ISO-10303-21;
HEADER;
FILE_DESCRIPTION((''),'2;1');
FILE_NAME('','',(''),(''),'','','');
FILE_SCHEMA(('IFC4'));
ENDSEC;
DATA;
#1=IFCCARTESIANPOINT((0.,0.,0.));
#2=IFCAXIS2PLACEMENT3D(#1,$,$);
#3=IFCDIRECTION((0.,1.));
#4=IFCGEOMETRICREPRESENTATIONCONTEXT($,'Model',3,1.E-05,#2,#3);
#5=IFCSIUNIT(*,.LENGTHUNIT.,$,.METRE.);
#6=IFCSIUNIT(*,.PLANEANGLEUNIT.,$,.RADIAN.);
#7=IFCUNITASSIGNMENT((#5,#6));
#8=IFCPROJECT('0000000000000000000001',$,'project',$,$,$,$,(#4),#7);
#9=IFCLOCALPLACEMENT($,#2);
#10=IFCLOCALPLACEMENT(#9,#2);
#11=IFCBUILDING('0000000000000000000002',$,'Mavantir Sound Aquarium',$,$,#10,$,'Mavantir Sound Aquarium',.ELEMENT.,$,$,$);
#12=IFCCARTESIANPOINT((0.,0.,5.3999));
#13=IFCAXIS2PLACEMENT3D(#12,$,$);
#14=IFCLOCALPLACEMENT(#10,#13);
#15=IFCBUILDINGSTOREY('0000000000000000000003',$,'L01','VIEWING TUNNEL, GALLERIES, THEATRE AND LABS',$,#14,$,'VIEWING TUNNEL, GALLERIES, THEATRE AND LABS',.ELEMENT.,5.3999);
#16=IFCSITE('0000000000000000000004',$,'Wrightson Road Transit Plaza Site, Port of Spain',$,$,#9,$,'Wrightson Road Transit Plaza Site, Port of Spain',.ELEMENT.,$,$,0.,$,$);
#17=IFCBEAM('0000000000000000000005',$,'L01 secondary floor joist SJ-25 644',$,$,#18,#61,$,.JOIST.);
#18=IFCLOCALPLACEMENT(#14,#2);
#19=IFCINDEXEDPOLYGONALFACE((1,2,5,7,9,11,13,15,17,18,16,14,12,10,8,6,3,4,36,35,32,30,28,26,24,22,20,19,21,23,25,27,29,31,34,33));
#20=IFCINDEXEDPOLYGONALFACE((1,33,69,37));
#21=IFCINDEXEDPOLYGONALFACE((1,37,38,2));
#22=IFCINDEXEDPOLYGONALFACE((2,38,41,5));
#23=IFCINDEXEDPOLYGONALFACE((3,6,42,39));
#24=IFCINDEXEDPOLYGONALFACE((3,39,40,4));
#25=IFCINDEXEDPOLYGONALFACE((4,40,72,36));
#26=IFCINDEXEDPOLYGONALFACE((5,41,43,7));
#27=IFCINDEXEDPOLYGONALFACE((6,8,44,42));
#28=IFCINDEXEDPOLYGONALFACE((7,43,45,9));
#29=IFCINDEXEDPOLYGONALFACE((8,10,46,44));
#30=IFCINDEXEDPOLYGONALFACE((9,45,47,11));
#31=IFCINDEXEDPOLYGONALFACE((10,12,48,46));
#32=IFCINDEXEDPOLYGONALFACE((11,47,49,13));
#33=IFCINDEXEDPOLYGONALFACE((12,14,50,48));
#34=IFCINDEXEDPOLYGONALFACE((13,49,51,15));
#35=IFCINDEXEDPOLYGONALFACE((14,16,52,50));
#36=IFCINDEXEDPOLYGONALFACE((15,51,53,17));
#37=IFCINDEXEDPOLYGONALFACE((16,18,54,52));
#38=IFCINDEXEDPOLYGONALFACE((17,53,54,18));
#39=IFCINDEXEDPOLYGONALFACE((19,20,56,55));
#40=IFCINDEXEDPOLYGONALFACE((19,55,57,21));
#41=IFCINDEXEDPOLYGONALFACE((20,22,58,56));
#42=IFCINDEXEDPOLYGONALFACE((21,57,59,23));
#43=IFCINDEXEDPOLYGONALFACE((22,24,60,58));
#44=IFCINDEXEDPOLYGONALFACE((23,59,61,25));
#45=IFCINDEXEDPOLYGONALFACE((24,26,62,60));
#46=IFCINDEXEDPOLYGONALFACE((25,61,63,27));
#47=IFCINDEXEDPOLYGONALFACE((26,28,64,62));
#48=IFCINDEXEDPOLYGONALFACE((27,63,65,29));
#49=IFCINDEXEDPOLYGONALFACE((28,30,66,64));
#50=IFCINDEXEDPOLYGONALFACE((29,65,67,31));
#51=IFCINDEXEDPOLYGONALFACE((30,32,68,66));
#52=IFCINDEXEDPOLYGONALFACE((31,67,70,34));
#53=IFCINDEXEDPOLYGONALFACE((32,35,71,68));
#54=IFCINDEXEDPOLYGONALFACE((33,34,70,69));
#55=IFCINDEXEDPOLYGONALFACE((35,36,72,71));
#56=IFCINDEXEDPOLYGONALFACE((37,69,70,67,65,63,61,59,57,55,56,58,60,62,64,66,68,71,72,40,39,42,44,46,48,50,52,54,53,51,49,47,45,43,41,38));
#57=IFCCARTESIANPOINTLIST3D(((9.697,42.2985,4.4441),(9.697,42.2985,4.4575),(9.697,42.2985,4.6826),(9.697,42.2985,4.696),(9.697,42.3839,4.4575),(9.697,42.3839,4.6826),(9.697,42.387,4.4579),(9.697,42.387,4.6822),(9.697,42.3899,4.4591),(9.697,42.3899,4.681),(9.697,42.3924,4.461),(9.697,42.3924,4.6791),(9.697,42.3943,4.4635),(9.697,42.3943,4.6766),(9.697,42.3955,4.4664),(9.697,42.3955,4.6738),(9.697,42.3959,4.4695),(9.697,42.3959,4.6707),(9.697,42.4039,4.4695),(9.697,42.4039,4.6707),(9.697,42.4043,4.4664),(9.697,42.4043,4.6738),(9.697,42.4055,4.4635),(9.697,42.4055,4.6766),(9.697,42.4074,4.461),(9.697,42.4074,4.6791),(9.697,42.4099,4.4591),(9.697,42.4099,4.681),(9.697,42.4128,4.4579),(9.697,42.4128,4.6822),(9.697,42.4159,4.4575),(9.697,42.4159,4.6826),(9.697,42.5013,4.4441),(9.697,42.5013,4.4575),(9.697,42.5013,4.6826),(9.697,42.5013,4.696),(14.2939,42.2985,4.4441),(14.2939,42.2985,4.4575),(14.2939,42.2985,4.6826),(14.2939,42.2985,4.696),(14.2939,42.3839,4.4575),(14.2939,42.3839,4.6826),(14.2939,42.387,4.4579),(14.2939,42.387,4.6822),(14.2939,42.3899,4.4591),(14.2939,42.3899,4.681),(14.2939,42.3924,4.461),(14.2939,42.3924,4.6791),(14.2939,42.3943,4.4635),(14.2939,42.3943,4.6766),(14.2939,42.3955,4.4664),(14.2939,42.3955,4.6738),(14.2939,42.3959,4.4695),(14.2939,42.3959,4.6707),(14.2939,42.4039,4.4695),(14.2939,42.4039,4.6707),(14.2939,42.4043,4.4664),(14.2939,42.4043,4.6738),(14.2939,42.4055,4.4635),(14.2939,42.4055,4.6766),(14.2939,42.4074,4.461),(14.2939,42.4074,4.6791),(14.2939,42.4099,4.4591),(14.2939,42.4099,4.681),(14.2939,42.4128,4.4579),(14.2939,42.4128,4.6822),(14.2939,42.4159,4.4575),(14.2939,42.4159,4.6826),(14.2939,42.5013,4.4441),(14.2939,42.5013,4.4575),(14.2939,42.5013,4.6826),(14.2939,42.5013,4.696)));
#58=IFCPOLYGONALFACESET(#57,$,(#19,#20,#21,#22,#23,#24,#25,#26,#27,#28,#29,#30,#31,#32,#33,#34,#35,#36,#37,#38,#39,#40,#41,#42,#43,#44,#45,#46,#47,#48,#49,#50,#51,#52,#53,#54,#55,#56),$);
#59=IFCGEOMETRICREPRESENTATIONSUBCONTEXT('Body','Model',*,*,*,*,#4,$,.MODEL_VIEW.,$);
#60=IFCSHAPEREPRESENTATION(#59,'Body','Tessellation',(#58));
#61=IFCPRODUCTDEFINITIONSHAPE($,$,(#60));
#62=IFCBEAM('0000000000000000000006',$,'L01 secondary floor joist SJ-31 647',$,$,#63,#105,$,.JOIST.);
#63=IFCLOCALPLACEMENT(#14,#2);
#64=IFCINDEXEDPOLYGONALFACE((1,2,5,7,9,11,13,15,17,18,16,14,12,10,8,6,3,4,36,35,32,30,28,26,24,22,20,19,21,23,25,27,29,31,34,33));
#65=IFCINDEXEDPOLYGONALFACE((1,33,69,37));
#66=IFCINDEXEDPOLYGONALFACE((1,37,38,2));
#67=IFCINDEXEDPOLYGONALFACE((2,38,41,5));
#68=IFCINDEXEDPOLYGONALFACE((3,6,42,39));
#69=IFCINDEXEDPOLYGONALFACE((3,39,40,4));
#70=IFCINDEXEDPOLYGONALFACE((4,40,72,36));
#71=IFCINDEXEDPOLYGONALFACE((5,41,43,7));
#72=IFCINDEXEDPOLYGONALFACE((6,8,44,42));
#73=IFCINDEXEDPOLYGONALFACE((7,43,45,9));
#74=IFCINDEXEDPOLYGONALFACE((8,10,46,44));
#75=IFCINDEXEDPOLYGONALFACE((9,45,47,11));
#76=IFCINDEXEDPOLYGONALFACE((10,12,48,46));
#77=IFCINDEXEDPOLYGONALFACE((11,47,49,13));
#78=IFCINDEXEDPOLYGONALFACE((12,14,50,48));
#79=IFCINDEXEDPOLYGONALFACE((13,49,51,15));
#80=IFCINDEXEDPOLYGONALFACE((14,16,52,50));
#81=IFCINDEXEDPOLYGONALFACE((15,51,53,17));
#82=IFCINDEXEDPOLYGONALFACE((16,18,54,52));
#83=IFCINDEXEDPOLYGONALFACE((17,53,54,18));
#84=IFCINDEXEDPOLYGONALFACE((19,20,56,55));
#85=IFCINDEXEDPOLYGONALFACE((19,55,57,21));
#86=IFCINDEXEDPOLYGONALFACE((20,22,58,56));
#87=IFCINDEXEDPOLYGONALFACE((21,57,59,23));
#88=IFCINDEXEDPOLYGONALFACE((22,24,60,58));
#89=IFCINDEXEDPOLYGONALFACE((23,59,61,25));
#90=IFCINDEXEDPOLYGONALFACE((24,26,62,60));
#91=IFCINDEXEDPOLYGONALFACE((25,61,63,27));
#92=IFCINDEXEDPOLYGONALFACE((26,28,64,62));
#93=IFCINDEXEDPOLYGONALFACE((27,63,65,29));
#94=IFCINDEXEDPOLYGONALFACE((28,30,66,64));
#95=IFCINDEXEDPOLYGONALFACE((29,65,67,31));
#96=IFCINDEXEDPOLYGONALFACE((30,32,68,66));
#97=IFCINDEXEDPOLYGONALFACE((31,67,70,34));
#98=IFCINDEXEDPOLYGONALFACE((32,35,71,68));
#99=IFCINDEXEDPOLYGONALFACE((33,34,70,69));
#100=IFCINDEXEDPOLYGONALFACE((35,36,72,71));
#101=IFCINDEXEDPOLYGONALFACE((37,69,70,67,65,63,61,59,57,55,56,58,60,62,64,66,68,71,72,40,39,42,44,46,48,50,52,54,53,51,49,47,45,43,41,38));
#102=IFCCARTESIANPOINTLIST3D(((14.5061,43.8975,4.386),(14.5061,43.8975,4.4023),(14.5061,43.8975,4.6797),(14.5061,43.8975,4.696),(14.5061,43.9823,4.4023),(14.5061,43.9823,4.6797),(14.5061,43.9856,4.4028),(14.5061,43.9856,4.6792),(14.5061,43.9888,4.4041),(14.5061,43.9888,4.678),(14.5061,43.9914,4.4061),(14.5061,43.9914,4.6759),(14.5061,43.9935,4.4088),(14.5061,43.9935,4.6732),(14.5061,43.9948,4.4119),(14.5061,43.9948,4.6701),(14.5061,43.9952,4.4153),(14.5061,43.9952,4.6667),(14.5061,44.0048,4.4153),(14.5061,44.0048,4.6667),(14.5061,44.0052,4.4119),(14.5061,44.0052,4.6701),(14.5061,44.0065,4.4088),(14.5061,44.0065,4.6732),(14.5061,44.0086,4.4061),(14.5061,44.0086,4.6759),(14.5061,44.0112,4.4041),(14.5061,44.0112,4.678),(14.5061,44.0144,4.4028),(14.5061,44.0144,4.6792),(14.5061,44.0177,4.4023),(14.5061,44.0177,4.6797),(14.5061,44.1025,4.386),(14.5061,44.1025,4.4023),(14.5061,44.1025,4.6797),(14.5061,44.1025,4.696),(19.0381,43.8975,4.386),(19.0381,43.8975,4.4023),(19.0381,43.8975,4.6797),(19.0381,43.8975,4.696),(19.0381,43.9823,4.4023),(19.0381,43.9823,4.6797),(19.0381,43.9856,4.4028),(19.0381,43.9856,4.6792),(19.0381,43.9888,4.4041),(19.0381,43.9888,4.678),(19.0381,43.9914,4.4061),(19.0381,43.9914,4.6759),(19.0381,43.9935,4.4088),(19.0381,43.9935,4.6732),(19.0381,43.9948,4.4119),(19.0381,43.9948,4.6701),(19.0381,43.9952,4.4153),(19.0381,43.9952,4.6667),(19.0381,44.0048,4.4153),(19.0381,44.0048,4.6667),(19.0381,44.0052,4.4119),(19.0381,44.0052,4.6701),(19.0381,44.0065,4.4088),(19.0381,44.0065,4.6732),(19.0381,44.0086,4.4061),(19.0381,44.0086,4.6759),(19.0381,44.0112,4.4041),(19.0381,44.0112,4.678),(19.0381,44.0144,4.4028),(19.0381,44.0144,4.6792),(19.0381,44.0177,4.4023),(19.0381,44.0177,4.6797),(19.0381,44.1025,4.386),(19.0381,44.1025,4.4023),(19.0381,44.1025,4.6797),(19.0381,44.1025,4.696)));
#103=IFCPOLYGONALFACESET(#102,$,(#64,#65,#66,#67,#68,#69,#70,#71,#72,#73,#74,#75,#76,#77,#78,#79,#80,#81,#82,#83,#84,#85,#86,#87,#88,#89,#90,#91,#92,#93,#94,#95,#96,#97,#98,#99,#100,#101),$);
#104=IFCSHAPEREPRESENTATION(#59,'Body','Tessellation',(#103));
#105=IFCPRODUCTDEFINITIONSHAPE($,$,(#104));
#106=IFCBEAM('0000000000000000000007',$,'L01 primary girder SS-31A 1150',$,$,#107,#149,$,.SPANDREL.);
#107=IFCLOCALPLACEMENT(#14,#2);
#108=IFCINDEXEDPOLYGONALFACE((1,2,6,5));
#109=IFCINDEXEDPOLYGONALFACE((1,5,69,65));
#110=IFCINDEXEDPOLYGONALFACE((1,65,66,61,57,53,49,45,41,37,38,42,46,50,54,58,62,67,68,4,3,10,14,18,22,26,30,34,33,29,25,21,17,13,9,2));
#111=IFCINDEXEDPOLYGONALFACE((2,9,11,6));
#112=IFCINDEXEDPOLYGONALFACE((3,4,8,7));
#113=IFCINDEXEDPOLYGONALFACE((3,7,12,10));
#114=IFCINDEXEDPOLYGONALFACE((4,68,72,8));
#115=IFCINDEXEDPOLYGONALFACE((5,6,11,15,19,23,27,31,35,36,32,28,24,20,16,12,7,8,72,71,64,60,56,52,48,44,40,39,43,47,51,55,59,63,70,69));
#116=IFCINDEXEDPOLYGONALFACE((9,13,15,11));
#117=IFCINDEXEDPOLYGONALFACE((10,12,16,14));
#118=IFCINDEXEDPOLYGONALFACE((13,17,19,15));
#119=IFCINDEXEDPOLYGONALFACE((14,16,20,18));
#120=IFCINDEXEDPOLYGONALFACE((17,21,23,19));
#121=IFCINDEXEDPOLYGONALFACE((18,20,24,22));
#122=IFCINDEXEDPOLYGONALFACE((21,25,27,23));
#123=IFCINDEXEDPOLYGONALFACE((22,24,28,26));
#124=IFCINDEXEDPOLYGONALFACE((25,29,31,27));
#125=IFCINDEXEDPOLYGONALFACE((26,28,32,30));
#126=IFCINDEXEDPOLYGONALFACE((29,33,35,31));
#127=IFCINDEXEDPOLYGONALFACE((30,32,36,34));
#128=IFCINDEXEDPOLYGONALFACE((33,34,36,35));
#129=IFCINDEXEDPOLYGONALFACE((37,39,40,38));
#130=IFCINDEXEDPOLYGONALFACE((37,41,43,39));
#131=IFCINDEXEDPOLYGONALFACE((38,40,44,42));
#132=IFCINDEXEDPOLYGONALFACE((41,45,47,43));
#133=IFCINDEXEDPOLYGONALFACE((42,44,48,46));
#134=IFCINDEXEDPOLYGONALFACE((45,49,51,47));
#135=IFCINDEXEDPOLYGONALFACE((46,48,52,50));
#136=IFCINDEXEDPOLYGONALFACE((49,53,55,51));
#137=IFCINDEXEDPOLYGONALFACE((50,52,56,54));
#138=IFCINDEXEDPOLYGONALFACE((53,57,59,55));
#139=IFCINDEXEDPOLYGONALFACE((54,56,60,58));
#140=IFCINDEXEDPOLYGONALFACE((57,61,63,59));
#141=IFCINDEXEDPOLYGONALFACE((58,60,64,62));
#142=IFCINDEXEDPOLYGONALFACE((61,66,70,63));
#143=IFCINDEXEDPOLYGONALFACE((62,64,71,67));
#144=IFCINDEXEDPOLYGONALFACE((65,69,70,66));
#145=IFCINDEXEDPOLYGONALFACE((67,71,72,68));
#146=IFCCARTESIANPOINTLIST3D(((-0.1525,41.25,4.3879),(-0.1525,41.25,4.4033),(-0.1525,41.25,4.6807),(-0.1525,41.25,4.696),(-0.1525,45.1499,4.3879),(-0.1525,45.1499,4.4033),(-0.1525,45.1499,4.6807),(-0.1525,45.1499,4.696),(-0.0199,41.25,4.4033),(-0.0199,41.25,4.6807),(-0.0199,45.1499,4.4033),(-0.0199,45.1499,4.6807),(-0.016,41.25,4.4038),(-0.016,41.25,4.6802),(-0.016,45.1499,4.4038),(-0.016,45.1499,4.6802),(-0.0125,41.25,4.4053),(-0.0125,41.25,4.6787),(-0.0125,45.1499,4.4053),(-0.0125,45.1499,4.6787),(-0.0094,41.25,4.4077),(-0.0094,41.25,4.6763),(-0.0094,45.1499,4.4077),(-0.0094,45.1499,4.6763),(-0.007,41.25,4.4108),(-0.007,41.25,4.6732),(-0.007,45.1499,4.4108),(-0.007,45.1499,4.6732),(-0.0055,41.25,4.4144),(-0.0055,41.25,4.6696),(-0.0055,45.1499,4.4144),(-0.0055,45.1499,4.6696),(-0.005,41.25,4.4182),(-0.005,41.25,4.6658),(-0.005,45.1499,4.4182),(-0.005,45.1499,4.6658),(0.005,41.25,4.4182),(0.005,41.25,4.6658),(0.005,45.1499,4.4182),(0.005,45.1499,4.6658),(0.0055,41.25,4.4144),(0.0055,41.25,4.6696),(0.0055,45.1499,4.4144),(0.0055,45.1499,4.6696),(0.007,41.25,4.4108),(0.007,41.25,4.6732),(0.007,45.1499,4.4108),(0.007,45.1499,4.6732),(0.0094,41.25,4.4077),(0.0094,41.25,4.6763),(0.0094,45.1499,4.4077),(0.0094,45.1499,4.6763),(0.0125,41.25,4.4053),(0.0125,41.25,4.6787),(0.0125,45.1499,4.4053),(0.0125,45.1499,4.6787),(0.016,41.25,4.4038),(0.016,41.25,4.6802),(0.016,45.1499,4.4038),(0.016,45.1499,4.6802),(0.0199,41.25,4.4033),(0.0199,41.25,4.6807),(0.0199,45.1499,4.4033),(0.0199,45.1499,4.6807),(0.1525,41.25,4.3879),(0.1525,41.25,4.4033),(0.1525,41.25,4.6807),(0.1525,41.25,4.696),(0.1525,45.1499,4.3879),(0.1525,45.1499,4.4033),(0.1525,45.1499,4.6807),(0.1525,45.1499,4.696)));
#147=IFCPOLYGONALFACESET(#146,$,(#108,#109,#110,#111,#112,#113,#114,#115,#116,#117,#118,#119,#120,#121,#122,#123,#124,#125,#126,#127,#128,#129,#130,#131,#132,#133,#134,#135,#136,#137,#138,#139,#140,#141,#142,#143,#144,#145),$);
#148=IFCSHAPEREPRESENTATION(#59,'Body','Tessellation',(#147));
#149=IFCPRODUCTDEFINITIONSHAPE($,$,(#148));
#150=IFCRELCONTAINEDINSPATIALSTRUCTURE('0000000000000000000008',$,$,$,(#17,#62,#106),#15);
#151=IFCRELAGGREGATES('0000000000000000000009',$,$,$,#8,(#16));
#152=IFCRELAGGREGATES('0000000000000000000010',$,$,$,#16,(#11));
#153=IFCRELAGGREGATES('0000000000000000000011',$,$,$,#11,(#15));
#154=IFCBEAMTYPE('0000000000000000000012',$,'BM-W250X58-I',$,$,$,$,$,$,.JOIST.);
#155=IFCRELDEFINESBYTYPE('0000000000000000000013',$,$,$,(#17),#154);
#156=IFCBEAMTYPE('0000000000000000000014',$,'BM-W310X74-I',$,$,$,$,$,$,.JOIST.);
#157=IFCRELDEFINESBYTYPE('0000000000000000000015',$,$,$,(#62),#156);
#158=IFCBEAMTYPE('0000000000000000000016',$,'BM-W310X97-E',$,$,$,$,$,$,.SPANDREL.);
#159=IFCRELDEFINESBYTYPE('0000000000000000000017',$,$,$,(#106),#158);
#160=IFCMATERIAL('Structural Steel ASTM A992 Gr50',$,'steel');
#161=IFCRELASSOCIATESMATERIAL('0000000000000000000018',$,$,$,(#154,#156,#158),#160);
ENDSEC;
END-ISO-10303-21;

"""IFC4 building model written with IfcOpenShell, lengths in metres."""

from ifc_helpers import new_model, si_unit, direction, frame, origin, origin_2d, place, context, subcontext, project, spatial, i_section, extrude, material, material_profile, profile_set, type_object, element, save


model = new_model("IFC4")

# Units and contexts
model_context = context("Model", 3, precision=1e-05, world=origin(), true_north=direction((0.0, 1.0)))
body_context = subcontext(model_context, "Body", "Model", "MODEL_VIEW")
ifc_project = project(units=[si_unit("LENGTHUNIT", "METRE"), si_unit("PLANEANGLEUNIT", "RADIAN")], contexts=[model_context])

# Site, building, storey
site_placement = place(None, origin())
site = spatial("IfcSite", under=ifc_project, at=site_placement, Name="Wrightson Road Transit Plaza Site, Port of Spain", LongName="Wrightson Road Transit Plaza Site, Port of Spain", CompositionType="ELEMENT", RefElevation=0.0)
building_placement = place(site_placement, origin())
building = spatial("IfcBuilding", under=site, at=building_placement, Name="Mavantir Sound Aquarium", LongName="Mavantir Sound Aquarium", CompositionType="ELEMENT")
storey_placement = place(building_placement, frame((0.0, 0.0, 5.3999)))
storey = spatial("IfcBuildingStorey", under=building, at=storey_placement, Name="L01", Description="VIEWING TUNNEL, GALLERIES, THEATRE AND LABS", LongName="VIEWING TUNNEL, GALLERIES, THEATRE AND LABS", CompositionType="ELEMENT", Elevation=5.3999)

# Beams
ifc_material_1 = material(Name="Structural Steel ASTM A992 Gr50", Category="steel")
ifc_material_profile_1 = material_profile(ifc_material_1, i_section(OverallWidth=0.2029, OverallDepth=0.252, WebThickness=0.0081, FlangeThickness=0.0134, FilletRadius=0.012, at=origin_2d()), Name="W250X58")
ifc_profile_set_1 = profile_set([ifc_material_profile_1], Name="Structural Steel ASTM A992 Gr50")
beam_type_1 = type_object("IfcBeamType", Name="BM-W250X58-I", PredefinedType="JOIST", material=ifc_profile_set_1)
beam_1_placement = place(storey_placement, frame((9.697, 42.3999, 4.5701), z_axis=(1.0, 0.0, 0.0), x_axis=(0.0, 1.0, 0.0)))
element("IfcBeam", 1, at=beam_1_placement, inside=storey, type_object=beam_type_1, Name="L01 secondary floor joist SJ-25 644", PredefinedType="JOIST", context=body_context, shape_type="SweptSolid", body=[
    extrude(i_section(OverallWidth=0.2029, OverallDepth=0.252, WebThickness=0.0081, FlangeThickness=0.0134, FilletRadius=0.012, at=origin_2d()), origin(), (0.0, 0.0, 1.0), 4.5969),
])
ifc_material_profile_2 = material_profile(ifc_material_1, i_section(OverallWidth=0.2051, OverallDepth=0.3101, WebThickness=0.0095, FlangeThickness=0.0164, FilletRadius=0.0129, at=origin_2d()), Name="W310X74")
ifc_profile_set_2 = profile_set([ifc_material_profile_2], Name="Structural Steel ASTM A992 Gr50")
beam_type_2 = type_object("IfcBeamType", Name="BM-W310X74-I", PredefinedType="JOIST", material=ifc_profile_set_2)
beam_2_placement = place(storey_placement, frame((14.5061, 44.0, 4.541), z_axis=(1.0, 0.0, 0.0), x_axis=(0.0, 1.0, 0.0)))
element("IfcBeam", 2, at=beam_2_placement, inside=storey, type_object=beam_type_2, Name="L01 secondary floor joist SJ-31 647", PredefinedType="JOIST", context=body_context, shape_type="SweptSolid", body=[
    extrude(i_section(OverallWidth=0.2051, OverallDepth=0.3101, WebThickness=0.0095, FlangeThickness=0.0164, FilletRadius=0.0129, at=origin_2d()), origin(), (0.0, 0.0, 1.0), 4.532),
])
ifc_material_profile_3 = material_profile(ifc_material_1, i_section(OverallWidth=0.3049, OverallDepth=0.3081, WebThickness=0.01, FlangeThickness=0.0154, FilletRadius=0.0149, at=origin_2d()), Name="W310X97")
ifc_profile_set_3 = profile_set([ifc_material_profile_3], Name="Structural Steel ASTM A992 Gr50")
beam_type_3 = type_object("IfcBeamType", Name="BM-W310X97-E", PredefinedType="SPANDREL", material=ifc_profile_set_3)
beam_3_placement = place(storey_placement, frame((0.0, 41.25, 4.542), z_axis=(0.0, 1.0, 0.0), x_axis=(-1.0, 0.0, 0.0)))
element("IfcBeam", 3, at=beam_3_placement, inside=storey, type_object=beam_type_3, Name="L01 primary girder SS-31A 1150", PredefinedType="SPANDREL", context=body_context, shape_type="SweptSolid", body=[
    extrude(i_section(OverallWidth=0.3049, OverallDepth=0.3081, WebThickness=0.01, FlangeThickness=0.0154, FilletRadius=0.0149, at=origin_2d()), origin(), (0.0, 0.0, 1.0), 3.8999),
])

save(model, "model.ifc")
